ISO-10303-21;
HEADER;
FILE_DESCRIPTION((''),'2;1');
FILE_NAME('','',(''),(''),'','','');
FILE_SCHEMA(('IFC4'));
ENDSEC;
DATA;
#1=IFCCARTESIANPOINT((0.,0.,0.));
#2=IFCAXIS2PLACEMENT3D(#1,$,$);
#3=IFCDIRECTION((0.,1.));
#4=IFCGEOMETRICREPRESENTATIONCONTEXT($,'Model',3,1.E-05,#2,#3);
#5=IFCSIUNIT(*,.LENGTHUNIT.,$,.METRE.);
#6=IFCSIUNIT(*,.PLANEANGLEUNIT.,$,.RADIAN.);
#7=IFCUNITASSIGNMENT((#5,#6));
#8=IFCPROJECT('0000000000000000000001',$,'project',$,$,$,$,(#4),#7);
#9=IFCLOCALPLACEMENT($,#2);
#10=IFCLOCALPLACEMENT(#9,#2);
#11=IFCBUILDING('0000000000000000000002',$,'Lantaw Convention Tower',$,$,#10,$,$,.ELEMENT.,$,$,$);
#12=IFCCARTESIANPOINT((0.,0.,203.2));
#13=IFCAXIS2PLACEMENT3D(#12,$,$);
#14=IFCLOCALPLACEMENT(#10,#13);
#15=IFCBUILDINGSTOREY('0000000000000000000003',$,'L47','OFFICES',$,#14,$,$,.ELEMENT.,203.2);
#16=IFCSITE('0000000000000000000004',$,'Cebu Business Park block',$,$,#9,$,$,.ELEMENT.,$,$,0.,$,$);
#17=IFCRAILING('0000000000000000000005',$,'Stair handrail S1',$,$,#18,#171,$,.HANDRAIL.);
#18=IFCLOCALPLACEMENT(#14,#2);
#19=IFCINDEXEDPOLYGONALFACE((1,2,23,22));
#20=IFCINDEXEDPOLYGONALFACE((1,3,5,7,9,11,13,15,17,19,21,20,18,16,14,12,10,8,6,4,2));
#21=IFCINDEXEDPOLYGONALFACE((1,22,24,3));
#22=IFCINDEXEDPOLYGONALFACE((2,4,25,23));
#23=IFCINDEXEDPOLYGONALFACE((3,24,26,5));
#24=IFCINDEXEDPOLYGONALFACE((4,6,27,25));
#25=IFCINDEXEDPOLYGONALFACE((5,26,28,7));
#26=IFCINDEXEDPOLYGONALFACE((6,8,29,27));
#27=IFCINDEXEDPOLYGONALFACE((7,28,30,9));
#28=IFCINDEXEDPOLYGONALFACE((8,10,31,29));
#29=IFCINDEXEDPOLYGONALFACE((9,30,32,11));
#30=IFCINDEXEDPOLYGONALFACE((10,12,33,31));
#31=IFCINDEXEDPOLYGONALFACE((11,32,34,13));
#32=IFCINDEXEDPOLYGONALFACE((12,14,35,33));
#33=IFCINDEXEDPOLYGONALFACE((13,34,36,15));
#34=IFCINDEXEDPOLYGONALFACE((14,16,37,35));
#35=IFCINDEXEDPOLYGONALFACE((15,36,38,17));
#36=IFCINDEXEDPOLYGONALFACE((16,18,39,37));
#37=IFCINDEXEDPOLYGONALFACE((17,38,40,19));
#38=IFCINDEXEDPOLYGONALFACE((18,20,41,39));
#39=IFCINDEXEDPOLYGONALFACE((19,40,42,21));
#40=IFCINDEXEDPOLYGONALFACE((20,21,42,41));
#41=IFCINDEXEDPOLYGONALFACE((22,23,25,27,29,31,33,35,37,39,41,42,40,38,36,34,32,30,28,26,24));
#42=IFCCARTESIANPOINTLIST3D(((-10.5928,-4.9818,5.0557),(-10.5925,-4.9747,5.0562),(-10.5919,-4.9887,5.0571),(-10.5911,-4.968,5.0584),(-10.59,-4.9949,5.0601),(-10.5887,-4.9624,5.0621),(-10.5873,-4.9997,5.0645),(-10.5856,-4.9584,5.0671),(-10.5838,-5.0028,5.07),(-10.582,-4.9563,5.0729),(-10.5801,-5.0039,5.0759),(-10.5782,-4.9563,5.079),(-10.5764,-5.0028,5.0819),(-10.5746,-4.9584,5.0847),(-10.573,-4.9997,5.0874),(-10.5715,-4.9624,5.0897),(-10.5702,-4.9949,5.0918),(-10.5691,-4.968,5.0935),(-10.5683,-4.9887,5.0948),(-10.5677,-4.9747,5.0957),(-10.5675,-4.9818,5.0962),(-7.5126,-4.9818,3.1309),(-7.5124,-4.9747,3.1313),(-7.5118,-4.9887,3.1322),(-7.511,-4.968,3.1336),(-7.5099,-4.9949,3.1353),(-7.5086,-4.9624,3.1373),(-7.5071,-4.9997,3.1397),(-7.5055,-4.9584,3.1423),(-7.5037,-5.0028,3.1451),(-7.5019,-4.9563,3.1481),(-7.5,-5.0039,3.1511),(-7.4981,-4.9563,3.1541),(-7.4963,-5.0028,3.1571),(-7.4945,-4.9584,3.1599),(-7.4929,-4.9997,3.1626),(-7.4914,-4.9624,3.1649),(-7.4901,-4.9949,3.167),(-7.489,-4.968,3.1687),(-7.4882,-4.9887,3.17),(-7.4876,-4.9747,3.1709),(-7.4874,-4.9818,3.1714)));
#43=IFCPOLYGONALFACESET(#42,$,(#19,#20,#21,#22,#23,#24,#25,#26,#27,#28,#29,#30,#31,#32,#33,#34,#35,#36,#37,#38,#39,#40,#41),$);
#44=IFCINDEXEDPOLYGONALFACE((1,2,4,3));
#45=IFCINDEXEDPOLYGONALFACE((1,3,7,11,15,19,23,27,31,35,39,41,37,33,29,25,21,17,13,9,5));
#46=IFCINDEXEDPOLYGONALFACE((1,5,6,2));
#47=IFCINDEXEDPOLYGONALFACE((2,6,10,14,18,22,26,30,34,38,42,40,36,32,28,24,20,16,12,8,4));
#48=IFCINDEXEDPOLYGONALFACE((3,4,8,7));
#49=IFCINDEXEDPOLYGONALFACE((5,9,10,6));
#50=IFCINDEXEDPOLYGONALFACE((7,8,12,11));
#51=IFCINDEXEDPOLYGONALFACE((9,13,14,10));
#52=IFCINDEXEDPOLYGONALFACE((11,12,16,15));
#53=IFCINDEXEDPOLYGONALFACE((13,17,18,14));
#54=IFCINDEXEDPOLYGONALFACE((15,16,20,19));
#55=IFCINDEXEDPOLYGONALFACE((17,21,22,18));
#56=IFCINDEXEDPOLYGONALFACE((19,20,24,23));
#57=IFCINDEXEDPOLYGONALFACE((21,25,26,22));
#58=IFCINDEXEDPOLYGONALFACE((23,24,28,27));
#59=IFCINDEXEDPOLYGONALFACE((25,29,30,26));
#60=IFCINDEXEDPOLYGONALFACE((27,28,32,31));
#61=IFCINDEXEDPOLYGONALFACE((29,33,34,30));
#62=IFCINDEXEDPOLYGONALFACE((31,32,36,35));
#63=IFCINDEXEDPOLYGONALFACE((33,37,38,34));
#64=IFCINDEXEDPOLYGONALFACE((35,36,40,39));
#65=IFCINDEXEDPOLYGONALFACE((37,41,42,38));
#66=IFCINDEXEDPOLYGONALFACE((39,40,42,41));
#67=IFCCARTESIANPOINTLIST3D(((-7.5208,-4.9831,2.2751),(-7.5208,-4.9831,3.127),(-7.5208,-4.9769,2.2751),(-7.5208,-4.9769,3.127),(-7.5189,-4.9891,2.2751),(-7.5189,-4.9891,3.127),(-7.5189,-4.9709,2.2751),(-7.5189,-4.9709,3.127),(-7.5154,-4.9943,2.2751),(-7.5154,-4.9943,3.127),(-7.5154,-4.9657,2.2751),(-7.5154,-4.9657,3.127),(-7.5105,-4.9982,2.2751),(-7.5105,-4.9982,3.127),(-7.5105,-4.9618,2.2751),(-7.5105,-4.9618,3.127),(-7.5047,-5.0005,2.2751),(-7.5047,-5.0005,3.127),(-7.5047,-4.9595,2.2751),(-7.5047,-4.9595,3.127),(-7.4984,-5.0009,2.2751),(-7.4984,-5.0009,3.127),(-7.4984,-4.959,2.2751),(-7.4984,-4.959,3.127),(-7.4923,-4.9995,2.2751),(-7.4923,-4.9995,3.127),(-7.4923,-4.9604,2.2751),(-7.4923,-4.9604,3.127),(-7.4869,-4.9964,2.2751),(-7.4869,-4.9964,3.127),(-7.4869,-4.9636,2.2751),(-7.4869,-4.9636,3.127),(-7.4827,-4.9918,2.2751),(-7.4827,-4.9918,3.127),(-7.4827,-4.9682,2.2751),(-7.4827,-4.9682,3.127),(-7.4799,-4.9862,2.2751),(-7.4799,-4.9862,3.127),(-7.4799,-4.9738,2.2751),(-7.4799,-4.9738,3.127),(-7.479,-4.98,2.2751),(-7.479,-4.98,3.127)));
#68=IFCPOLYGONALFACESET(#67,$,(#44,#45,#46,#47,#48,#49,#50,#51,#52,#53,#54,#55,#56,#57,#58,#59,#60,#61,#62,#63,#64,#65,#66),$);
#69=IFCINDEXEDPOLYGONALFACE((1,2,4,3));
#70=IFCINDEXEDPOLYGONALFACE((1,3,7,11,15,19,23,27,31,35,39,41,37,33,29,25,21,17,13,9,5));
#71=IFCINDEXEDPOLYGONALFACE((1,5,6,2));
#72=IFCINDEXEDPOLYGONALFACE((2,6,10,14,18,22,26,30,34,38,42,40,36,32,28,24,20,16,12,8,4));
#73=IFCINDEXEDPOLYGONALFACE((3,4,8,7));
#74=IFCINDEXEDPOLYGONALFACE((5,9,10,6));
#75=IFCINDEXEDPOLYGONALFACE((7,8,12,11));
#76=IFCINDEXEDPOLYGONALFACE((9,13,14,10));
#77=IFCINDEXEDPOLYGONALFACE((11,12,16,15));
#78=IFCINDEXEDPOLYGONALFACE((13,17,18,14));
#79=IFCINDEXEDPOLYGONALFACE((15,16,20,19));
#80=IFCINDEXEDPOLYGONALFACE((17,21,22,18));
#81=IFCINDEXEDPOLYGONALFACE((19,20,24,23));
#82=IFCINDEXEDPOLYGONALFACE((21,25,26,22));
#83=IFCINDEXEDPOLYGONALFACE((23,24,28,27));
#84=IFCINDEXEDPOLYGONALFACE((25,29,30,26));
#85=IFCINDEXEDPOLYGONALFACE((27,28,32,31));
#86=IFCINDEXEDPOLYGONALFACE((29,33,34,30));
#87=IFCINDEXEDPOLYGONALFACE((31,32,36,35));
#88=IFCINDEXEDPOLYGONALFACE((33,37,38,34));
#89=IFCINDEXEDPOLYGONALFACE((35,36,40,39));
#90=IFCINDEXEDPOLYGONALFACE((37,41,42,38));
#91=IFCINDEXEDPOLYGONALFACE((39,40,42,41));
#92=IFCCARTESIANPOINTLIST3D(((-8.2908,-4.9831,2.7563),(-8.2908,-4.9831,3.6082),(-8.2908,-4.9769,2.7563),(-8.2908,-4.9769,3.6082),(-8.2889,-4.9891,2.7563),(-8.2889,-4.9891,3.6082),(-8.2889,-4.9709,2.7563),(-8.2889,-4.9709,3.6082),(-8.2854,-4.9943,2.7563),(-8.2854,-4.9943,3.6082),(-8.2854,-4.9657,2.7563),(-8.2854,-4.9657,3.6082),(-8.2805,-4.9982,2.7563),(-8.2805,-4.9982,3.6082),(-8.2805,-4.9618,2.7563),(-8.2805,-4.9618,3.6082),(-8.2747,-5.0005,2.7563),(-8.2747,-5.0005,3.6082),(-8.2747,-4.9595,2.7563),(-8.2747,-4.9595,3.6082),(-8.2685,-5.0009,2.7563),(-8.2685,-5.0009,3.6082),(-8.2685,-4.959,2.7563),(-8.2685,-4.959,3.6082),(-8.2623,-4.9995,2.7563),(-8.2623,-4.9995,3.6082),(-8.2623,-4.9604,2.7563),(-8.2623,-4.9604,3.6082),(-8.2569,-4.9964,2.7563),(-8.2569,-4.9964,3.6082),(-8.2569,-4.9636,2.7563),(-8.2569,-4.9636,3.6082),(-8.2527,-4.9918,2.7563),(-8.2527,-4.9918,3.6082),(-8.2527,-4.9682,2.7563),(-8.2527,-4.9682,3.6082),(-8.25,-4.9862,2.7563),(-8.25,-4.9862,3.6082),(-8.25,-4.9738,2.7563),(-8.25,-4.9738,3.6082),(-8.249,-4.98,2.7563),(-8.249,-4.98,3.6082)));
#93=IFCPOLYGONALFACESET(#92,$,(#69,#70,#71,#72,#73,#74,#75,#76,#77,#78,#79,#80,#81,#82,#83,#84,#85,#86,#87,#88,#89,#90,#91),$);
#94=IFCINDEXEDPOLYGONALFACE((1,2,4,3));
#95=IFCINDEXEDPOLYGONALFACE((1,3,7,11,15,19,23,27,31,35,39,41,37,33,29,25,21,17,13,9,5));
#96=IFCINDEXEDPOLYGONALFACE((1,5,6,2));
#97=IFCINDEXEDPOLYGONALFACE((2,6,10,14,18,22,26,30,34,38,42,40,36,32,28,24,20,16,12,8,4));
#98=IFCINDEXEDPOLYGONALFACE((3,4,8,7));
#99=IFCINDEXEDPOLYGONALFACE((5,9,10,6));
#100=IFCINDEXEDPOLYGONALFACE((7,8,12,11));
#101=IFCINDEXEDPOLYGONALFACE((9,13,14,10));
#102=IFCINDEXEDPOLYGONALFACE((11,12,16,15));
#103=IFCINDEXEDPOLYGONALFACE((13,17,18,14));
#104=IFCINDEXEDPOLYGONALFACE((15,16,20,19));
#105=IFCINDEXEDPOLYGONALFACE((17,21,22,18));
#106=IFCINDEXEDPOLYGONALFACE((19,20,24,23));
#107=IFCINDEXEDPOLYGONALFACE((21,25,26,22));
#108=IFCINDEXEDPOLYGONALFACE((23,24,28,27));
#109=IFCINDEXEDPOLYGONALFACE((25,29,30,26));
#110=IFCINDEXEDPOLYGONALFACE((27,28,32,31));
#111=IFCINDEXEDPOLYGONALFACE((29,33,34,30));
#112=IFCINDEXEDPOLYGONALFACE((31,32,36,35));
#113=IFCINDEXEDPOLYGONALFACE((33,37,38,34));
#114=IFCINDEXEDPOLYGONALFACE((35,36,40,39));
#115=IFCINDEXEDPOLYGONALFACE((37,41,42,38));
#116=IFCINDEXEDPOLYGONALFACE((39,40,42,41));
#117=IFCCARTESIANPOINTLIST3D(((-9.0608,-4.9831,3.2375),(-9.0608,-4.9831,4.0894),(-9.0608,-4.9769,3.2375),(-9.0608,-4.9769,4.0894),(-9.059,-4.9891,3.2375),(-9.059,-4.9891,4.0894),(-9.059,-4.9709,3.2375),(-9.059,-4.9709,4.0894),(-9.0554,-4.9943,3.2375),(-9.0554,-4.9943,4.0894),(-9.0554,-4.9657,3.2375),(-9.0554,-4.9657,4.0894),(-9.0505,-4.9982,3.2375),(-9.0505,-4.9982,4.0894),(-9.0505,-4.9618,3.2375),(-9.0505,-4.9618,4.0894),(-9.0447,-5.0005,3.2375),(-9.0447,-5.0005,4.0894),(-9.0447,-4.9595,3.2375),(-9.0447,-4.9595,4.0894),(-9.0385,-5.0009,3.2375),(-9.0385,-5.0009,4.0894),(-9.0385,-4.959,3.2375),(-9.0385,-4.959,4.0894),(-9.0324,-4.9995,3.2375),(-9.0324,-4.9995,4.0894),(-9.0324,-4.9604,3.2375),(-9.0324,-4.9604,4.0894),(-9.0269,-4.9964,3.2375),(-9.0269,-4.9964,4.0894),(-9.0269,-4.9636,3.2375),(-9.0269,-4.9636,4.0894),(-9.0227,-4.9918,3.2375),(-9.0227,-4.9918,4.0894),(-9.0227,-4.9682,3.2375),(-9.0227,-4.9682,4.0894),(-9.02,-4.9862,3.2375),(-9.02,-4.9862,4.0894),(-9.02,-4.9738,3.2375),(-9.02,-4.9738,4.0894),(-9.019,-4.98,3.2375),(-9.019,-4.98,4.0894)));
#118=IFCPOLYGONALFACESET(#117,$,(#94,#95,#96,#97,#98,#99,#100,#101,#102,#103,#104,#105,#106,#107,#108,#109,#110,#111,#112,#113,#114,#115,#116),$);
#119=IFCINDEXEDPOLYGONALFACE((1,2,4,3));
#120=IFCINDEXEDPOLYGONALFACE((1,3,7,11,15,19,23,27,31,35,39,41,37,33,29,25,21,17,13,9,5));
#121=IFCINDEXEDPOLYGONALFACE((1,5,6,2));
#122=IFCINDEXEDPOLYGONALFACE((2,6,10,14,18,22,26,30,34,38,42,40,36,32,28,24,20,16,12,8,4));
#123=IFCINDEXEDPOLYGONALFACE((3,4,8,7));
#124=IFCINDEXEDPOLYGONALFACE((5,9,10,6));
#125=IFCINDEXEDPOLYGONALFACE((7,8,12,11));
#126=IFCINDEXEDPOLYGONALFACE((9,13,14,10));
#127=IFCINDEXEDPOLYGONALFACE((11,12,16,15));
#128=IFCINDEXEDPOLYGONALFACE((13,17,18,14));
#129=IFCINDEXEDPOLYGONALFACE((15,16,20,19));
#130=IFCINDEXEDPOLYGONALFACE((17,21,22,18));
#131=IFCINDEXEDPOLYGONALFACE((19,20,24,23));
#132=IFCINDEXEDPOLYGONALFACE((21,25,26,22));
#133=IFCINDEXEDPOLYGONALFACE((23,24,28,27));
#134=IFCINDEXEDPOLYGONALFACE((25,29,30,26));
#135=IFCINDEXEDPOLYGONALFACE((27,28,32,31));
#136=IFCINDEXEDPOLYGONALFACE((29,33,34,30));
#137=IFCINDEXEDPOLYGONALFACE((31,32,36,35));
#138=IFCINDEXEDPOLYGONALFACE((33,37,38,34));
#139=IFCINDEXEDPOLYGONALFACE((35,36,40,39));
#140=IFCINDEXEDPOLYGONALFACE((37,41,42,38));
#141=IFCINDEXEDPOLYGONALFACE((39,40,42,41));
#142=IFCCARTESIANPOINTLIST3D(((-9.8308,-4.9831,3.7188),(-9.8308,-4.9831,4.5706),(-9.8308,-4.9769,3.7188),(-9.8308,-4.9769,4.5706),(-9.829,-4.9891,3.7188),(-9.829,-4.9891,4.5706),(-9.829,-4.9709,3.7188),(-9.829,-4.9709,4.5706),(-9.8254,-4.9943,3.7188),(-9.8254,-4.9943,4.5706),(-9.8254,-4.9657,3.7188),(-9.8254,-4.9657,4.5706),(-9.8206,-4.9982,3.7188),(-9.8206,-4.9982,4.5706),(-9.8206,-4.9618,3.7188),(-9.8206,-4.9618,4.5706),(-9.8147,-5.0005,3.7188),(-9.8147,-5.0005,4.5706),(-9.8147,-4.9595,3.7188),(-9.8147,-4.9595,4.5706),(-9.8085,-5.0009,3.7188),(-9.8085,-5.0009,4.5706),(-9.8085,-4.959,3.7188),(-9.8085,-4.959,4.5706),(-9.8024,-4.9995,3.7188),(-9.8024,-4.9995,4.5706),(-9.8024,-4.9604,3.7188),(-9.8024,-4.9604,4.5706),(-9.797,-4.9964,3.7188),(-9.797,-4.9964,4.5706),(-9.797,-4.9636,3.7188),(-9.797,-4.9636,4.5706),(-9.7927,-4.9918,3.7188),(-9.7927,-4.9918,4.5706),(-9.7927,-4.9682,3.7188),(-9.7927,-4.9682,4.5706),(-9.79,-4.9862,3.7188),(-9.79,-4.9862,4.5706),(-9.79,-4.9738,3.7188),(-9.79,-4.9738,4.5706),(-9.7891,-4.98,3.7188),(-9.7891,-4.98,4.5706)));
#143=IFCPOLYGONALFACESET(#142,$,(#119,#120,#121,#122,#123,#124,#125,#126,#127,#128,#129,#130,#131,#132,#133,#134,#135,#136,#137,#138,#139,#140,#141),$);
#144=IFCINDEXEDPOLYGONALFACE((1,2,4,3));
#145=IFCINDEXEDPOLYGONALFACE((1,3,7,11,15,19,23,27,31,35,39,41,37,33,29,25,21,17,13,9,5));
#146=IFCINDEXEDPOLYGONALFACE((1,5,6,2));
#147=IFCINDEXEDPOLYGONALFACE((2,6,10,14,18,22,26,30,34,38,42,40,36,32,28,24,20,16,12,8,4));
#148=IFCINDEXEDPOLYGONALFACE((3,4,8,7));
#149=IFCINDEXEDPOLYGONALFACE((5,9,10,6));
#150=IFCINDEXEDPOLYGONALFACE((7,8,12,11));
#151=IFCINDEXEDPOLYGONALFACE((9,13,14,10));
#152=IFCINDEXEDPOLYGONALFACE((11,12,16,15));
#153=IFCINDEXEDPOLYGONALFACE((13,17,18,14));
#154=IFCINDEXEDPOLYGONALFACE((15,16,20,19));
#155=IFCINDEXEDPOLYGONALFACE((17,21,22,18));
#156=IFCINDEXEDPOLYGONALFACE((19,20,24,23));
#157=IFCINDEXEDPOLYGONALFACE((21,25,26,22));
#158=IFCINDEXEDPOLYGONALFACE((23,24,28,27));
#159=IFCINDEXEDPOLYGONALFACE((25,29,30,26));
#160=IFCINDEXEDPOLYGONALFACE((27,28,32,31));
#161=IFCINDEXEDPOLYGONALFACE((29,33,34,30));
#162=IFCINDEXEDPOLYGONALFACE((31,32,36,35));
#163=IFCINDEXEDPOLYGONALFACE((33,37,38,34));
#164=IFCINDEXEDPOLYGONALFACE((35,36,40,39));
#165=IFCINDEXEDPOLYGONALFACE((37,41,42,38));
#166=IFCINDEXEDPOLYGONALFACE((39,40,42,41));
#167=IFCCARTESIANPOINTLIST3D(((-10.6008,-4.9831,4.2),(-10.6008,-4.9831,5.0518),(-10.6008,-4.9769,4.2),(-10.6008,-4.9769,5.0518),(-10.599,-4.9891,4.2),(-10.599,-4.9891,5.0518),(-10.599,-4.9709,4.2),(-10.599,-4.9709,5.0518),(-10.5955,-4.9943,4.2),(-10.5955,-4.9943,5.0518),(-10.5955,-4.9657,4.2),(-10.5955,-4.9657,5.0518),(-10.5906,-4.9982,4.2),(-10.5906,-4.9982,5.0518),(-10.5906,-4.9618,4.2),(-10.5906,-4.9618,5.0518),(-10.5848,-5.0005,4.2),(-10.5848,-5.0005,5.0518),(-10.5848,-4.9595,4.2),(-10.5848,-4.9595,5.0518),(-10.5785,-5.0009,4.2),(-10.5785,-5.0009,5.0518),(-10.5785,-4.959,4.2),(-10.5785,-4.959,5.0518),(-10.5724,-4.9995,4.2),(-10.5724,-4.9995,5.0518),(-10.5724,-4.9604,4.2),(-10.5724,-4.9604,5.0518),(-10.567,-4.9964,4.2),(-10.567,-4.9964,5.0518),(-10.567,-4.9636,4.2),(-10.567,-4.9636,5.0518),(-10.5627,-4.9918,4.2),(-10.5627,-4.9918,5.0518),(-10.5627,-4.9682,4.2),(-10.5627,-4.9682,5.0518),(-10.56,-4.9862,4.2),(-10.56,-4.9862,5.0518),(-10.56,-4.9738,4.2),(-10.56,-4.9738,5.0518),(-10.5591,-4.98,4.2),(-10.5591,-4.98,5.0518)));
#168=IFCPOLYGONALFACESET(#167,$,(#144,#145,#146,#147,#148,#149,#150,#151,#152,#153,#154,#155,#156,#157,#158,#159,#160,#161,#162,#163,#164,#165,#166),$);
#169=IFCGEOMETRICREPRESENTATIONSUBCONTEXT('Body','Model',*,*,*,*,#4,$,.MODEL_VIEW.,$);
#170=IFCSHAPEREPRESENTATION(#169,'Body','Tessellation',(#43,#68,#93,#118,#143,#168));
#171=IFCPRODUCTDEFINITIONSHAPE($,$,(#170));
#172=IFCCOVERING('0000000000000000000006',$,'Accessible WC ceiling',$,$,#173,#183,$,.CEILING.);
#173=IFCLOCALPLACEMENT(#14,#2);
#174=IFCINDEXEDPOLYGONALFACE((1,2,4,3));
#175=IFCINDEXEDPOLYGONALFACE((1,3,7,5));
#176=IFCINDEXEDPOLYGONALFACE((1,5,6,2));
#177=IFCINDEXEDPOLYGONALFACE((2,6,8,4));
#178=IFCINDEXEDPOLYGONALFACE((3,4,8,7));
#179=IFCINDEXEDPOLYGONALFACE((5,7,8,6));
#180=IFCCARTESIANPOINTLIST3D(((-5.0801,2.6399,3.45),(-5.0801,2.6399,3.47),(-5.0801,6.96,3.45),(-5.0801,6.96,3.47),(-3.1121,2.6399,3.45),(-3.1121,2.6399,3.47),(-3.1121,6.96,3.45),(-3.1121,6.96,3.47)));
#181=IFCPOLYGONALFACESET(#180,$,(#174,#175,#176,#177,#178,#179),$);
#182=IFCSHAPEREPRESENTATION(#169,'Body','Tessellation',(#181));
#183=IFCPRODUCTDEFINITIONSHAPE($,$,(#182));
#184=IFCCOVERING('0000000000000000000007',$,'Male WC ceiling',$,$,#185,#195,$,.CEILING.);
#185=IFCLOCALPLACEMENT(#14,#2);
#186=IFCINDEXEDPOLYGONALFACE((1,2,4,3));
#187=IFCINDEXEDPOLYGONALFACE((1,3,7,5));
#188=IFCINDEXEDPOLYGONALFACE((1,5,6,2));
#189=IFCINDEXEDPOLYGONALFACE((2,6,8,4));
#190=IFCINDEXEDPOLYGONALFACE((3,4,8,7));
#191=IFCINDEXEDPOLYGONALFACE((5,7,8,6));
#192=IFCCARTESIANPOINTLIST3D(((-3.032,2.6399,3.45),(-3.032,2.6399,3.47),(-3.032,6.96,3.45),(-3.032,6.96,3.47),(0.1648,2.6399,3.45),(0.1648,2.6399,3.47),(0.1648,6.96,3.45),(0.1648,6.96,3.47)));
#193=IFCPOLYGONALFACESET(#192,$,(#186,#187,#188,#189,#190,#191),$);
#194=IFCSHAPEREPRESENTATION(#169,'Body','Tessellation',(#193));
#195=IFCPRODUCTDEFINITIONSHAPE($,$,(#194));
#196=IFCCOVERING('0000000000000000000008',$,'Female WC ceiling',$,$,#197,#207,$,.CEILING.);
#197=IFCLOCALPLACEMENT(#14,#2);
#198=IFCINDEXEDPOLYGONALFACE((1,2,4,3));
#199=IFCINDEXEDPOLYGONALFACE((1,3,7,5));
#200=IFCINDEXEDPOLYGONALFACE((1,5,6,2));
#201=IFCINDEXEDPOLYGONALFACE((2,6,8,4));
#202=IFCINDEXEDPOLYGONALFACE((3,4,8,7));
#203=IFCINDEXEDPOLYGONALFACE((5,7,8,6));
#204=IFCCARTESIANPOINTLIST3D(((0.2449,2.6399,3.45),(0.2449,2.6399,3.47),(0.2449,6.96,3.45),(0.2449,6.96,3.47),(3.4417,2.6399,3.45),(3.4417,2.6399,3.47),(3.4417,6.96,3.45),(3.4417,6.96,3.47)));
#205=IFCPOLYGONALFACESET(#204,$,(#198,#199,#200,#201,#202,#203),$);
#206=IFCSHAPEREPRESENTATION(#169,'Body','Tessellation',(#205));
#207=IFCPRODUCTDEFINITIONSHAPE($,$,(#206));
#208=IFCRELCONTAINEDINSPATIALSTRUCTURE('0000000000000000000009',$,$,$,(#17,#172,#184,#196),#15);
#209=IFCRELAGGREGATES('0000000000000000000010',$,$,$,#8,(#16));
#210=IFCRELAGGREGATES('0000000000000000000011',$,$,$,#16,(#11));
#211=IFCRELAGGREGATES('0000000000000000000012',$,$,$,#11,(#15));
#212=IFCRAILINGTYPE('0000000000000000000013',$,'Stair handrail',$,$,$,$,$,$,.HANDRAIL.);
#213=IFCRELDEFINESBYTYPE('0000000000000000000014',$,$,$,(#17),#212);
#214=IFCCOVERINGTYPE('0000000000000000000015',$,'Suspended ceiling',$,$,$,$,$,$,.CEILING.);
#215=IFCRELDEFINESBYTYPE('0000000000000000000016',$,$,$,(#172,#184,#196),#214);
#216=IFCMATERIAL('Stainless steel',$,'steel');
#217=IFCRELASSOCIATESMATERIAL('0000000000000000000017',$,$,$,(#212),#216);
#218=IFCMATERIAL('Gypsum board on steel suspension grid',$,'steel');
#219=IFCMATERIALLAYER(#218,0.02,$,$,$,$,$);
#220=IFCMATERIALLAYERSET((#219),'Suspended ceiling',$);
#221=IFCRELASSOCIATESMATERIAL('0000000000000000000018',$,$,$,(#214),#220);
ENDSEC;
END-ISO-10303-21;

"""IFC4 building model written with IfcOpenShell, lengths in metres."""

from ifc_helpers import new_model, si_unit, direction, frame, origin, origin_2d, place, context, subcontext, project, spatial, polyline, circle, outline, extrude, material, layer, layer_set, type_object, element, save


model = new_model("IFC4")

# Units and contexts
model_context = context("Model", 3, precision=1e-05, world=origin(), true_north=direction((0.0, 1.0)))
body_context = subcontext(model_context, "Body", "Model", "MODEL_VIEW")
ifc_project = project(units=[si_unit("LENGTHUNIT", "METRE"), si_unit("PLANEANGLEUNIT", "RADIAN")], contexts=[model_context])

# Site, building, storey
site_placement = place(None, origin())
site = spatial("IfcSite", under=ifc_project, at=site_placement, Name="Cebu Business Park block", CompositionType="ELEMENT", RefElevation=0.0)
building_placement = place(site_placement, origin())
building = spatial("IfcBuilding", under=site, at=building_placement, Name="Lantaw Convention Tower", CompositionType="ELEMENT")
storey_placement = place(building_placement, frame((0.0, 0.0, 203.2)))
storey = spatial("IfcBuildingStorey", under=building, at=storey_placement, Name="L47", Description="OFFICES", CompositionType="ELEMENT", Elevation=203.2)

# Shared definitions
ifc_material_1 = material(Name="Stainless steel", Category="steel")

# Railing
railing_type = type_object("IfcRailingType", Name="Stair handrail", PredefinedType="HANDRAIL", material=ifc_material_1)
railing_1_placement = place(storey_placement, frame((-7.5, -4.98, 2.2751)))
element("IfcRailing", 1, at=railing_1_placement, inside=storey, type_object=railing_type, Name="Stair handrail S1", PredefinedType="HANDRAIL", context=body_context, shape_type="SweptSolid", body=[
    extrude(circle(Radius=0.0239, at=origin_2d()), frame((0.0, 0.0, 0.876), z_axis=(-0.848029, 0.0, 0.529951), x_axis=(0.0, -1.0, 0.0)), (0.0, 0.0, 1.0), 3.6321),
    extrude(circle(Radius=0.021, at=origin_2d()), origin(), (0.0, 0.0, 1.0), 0.8518),
    extrude(circle(Radius=0.021, at=origin_2d()), frame((-0.77, 0.0, 0.4812)), (0.0, 0.0, 1.0), 0.8518),
    extrude(circle(Radius=0.021, at=origin_2d()), frame((-1.54, 0.0, 0.9624)), (0.0, 0.0, 1.0), 0.8518),
    extrude(circle(Radius=0.021, at=origin_2d()), frame((-2.3101, 0.0, 1.4436)), (0.0, 0.0, 1.0), 0.8518),
    extrude(circle(Radius=0.021, at=origin_2d()), frame((-3.0801, 0.0, 1.9248)), (0.0, 0.0, 1.0), 0.8518),
])

# Coverings
ifc_material_2 = material(Name="Gypsum board on steel suspension grid", Category="steel")
ifc_layer_1 = layer(ifc_material_2, 0.02)
ifc_layer_set_1 = layer_set([ifc_layer_1], Name="Suspended ceiling")
covering_type = type_object("IfcCoveringType", Name="Suspended ceiling", PredefinedType="CEILING", material=ifc_layer_set_1)
covering_1_placement = place(storey_placement, frame((0.0, 0.0, 3.45)))
element("IfcCovering", 2, at=covering_1_placement, inside=storey, type_object=covering_type, Name="Accessible WC ceiling", PredefinedType="CEILING", context=body_context, shape_type="SweptSolid", body=[
    extrude(outline(polyline([(-5.0801, 2.6399), (-3.1121, 2.6399), (-3.1121, 6.96), (-5.0801, 6.96), (-5.0801, 2.6399)])), origin(), (0.0, 0.0, 1.0), 0.02),
])
covering_2_placement = place(storey_placement, frame((0.0, 0.0, 3.45)))
element("IfcCovering", 3, at=covering_2_placement, inside=storey, type_object=covering_type, Name="Male WC ceiling", PredefinedType="CEILING", context=body_context, shape_type="SweptSolid", body=[
    extrude(outline(polyline([(-3.032, 2.6399), (0.1648, 2.6399), (0.1648, 6.96), (-3.032, 6.96), (-3.032, 2.6399)])), origin(), (0.0, 0.0, 1.0), 0.02),
])
covering_3_placement = place(storey_placement, frame((0.0, 0.0, 3.45)))
element("IfcCovering", 4, at=covering_3_placement, inside=storey, type_object=covering_type, Name="Female WC ceiling", PredefinedType="CEILING", context=body_context, shape_type="SweptSolid", body=[
    extrude(outline(polyline([(0.2449, 2.6399), (3.4417, 2.6399), (3.4417, 6.96), (0.2449, 6.96), (0.2449, 2.6399)])), origin(), (0.0, 0.0, 1.0), 0.02),
])

save(model, "model.ifc")
